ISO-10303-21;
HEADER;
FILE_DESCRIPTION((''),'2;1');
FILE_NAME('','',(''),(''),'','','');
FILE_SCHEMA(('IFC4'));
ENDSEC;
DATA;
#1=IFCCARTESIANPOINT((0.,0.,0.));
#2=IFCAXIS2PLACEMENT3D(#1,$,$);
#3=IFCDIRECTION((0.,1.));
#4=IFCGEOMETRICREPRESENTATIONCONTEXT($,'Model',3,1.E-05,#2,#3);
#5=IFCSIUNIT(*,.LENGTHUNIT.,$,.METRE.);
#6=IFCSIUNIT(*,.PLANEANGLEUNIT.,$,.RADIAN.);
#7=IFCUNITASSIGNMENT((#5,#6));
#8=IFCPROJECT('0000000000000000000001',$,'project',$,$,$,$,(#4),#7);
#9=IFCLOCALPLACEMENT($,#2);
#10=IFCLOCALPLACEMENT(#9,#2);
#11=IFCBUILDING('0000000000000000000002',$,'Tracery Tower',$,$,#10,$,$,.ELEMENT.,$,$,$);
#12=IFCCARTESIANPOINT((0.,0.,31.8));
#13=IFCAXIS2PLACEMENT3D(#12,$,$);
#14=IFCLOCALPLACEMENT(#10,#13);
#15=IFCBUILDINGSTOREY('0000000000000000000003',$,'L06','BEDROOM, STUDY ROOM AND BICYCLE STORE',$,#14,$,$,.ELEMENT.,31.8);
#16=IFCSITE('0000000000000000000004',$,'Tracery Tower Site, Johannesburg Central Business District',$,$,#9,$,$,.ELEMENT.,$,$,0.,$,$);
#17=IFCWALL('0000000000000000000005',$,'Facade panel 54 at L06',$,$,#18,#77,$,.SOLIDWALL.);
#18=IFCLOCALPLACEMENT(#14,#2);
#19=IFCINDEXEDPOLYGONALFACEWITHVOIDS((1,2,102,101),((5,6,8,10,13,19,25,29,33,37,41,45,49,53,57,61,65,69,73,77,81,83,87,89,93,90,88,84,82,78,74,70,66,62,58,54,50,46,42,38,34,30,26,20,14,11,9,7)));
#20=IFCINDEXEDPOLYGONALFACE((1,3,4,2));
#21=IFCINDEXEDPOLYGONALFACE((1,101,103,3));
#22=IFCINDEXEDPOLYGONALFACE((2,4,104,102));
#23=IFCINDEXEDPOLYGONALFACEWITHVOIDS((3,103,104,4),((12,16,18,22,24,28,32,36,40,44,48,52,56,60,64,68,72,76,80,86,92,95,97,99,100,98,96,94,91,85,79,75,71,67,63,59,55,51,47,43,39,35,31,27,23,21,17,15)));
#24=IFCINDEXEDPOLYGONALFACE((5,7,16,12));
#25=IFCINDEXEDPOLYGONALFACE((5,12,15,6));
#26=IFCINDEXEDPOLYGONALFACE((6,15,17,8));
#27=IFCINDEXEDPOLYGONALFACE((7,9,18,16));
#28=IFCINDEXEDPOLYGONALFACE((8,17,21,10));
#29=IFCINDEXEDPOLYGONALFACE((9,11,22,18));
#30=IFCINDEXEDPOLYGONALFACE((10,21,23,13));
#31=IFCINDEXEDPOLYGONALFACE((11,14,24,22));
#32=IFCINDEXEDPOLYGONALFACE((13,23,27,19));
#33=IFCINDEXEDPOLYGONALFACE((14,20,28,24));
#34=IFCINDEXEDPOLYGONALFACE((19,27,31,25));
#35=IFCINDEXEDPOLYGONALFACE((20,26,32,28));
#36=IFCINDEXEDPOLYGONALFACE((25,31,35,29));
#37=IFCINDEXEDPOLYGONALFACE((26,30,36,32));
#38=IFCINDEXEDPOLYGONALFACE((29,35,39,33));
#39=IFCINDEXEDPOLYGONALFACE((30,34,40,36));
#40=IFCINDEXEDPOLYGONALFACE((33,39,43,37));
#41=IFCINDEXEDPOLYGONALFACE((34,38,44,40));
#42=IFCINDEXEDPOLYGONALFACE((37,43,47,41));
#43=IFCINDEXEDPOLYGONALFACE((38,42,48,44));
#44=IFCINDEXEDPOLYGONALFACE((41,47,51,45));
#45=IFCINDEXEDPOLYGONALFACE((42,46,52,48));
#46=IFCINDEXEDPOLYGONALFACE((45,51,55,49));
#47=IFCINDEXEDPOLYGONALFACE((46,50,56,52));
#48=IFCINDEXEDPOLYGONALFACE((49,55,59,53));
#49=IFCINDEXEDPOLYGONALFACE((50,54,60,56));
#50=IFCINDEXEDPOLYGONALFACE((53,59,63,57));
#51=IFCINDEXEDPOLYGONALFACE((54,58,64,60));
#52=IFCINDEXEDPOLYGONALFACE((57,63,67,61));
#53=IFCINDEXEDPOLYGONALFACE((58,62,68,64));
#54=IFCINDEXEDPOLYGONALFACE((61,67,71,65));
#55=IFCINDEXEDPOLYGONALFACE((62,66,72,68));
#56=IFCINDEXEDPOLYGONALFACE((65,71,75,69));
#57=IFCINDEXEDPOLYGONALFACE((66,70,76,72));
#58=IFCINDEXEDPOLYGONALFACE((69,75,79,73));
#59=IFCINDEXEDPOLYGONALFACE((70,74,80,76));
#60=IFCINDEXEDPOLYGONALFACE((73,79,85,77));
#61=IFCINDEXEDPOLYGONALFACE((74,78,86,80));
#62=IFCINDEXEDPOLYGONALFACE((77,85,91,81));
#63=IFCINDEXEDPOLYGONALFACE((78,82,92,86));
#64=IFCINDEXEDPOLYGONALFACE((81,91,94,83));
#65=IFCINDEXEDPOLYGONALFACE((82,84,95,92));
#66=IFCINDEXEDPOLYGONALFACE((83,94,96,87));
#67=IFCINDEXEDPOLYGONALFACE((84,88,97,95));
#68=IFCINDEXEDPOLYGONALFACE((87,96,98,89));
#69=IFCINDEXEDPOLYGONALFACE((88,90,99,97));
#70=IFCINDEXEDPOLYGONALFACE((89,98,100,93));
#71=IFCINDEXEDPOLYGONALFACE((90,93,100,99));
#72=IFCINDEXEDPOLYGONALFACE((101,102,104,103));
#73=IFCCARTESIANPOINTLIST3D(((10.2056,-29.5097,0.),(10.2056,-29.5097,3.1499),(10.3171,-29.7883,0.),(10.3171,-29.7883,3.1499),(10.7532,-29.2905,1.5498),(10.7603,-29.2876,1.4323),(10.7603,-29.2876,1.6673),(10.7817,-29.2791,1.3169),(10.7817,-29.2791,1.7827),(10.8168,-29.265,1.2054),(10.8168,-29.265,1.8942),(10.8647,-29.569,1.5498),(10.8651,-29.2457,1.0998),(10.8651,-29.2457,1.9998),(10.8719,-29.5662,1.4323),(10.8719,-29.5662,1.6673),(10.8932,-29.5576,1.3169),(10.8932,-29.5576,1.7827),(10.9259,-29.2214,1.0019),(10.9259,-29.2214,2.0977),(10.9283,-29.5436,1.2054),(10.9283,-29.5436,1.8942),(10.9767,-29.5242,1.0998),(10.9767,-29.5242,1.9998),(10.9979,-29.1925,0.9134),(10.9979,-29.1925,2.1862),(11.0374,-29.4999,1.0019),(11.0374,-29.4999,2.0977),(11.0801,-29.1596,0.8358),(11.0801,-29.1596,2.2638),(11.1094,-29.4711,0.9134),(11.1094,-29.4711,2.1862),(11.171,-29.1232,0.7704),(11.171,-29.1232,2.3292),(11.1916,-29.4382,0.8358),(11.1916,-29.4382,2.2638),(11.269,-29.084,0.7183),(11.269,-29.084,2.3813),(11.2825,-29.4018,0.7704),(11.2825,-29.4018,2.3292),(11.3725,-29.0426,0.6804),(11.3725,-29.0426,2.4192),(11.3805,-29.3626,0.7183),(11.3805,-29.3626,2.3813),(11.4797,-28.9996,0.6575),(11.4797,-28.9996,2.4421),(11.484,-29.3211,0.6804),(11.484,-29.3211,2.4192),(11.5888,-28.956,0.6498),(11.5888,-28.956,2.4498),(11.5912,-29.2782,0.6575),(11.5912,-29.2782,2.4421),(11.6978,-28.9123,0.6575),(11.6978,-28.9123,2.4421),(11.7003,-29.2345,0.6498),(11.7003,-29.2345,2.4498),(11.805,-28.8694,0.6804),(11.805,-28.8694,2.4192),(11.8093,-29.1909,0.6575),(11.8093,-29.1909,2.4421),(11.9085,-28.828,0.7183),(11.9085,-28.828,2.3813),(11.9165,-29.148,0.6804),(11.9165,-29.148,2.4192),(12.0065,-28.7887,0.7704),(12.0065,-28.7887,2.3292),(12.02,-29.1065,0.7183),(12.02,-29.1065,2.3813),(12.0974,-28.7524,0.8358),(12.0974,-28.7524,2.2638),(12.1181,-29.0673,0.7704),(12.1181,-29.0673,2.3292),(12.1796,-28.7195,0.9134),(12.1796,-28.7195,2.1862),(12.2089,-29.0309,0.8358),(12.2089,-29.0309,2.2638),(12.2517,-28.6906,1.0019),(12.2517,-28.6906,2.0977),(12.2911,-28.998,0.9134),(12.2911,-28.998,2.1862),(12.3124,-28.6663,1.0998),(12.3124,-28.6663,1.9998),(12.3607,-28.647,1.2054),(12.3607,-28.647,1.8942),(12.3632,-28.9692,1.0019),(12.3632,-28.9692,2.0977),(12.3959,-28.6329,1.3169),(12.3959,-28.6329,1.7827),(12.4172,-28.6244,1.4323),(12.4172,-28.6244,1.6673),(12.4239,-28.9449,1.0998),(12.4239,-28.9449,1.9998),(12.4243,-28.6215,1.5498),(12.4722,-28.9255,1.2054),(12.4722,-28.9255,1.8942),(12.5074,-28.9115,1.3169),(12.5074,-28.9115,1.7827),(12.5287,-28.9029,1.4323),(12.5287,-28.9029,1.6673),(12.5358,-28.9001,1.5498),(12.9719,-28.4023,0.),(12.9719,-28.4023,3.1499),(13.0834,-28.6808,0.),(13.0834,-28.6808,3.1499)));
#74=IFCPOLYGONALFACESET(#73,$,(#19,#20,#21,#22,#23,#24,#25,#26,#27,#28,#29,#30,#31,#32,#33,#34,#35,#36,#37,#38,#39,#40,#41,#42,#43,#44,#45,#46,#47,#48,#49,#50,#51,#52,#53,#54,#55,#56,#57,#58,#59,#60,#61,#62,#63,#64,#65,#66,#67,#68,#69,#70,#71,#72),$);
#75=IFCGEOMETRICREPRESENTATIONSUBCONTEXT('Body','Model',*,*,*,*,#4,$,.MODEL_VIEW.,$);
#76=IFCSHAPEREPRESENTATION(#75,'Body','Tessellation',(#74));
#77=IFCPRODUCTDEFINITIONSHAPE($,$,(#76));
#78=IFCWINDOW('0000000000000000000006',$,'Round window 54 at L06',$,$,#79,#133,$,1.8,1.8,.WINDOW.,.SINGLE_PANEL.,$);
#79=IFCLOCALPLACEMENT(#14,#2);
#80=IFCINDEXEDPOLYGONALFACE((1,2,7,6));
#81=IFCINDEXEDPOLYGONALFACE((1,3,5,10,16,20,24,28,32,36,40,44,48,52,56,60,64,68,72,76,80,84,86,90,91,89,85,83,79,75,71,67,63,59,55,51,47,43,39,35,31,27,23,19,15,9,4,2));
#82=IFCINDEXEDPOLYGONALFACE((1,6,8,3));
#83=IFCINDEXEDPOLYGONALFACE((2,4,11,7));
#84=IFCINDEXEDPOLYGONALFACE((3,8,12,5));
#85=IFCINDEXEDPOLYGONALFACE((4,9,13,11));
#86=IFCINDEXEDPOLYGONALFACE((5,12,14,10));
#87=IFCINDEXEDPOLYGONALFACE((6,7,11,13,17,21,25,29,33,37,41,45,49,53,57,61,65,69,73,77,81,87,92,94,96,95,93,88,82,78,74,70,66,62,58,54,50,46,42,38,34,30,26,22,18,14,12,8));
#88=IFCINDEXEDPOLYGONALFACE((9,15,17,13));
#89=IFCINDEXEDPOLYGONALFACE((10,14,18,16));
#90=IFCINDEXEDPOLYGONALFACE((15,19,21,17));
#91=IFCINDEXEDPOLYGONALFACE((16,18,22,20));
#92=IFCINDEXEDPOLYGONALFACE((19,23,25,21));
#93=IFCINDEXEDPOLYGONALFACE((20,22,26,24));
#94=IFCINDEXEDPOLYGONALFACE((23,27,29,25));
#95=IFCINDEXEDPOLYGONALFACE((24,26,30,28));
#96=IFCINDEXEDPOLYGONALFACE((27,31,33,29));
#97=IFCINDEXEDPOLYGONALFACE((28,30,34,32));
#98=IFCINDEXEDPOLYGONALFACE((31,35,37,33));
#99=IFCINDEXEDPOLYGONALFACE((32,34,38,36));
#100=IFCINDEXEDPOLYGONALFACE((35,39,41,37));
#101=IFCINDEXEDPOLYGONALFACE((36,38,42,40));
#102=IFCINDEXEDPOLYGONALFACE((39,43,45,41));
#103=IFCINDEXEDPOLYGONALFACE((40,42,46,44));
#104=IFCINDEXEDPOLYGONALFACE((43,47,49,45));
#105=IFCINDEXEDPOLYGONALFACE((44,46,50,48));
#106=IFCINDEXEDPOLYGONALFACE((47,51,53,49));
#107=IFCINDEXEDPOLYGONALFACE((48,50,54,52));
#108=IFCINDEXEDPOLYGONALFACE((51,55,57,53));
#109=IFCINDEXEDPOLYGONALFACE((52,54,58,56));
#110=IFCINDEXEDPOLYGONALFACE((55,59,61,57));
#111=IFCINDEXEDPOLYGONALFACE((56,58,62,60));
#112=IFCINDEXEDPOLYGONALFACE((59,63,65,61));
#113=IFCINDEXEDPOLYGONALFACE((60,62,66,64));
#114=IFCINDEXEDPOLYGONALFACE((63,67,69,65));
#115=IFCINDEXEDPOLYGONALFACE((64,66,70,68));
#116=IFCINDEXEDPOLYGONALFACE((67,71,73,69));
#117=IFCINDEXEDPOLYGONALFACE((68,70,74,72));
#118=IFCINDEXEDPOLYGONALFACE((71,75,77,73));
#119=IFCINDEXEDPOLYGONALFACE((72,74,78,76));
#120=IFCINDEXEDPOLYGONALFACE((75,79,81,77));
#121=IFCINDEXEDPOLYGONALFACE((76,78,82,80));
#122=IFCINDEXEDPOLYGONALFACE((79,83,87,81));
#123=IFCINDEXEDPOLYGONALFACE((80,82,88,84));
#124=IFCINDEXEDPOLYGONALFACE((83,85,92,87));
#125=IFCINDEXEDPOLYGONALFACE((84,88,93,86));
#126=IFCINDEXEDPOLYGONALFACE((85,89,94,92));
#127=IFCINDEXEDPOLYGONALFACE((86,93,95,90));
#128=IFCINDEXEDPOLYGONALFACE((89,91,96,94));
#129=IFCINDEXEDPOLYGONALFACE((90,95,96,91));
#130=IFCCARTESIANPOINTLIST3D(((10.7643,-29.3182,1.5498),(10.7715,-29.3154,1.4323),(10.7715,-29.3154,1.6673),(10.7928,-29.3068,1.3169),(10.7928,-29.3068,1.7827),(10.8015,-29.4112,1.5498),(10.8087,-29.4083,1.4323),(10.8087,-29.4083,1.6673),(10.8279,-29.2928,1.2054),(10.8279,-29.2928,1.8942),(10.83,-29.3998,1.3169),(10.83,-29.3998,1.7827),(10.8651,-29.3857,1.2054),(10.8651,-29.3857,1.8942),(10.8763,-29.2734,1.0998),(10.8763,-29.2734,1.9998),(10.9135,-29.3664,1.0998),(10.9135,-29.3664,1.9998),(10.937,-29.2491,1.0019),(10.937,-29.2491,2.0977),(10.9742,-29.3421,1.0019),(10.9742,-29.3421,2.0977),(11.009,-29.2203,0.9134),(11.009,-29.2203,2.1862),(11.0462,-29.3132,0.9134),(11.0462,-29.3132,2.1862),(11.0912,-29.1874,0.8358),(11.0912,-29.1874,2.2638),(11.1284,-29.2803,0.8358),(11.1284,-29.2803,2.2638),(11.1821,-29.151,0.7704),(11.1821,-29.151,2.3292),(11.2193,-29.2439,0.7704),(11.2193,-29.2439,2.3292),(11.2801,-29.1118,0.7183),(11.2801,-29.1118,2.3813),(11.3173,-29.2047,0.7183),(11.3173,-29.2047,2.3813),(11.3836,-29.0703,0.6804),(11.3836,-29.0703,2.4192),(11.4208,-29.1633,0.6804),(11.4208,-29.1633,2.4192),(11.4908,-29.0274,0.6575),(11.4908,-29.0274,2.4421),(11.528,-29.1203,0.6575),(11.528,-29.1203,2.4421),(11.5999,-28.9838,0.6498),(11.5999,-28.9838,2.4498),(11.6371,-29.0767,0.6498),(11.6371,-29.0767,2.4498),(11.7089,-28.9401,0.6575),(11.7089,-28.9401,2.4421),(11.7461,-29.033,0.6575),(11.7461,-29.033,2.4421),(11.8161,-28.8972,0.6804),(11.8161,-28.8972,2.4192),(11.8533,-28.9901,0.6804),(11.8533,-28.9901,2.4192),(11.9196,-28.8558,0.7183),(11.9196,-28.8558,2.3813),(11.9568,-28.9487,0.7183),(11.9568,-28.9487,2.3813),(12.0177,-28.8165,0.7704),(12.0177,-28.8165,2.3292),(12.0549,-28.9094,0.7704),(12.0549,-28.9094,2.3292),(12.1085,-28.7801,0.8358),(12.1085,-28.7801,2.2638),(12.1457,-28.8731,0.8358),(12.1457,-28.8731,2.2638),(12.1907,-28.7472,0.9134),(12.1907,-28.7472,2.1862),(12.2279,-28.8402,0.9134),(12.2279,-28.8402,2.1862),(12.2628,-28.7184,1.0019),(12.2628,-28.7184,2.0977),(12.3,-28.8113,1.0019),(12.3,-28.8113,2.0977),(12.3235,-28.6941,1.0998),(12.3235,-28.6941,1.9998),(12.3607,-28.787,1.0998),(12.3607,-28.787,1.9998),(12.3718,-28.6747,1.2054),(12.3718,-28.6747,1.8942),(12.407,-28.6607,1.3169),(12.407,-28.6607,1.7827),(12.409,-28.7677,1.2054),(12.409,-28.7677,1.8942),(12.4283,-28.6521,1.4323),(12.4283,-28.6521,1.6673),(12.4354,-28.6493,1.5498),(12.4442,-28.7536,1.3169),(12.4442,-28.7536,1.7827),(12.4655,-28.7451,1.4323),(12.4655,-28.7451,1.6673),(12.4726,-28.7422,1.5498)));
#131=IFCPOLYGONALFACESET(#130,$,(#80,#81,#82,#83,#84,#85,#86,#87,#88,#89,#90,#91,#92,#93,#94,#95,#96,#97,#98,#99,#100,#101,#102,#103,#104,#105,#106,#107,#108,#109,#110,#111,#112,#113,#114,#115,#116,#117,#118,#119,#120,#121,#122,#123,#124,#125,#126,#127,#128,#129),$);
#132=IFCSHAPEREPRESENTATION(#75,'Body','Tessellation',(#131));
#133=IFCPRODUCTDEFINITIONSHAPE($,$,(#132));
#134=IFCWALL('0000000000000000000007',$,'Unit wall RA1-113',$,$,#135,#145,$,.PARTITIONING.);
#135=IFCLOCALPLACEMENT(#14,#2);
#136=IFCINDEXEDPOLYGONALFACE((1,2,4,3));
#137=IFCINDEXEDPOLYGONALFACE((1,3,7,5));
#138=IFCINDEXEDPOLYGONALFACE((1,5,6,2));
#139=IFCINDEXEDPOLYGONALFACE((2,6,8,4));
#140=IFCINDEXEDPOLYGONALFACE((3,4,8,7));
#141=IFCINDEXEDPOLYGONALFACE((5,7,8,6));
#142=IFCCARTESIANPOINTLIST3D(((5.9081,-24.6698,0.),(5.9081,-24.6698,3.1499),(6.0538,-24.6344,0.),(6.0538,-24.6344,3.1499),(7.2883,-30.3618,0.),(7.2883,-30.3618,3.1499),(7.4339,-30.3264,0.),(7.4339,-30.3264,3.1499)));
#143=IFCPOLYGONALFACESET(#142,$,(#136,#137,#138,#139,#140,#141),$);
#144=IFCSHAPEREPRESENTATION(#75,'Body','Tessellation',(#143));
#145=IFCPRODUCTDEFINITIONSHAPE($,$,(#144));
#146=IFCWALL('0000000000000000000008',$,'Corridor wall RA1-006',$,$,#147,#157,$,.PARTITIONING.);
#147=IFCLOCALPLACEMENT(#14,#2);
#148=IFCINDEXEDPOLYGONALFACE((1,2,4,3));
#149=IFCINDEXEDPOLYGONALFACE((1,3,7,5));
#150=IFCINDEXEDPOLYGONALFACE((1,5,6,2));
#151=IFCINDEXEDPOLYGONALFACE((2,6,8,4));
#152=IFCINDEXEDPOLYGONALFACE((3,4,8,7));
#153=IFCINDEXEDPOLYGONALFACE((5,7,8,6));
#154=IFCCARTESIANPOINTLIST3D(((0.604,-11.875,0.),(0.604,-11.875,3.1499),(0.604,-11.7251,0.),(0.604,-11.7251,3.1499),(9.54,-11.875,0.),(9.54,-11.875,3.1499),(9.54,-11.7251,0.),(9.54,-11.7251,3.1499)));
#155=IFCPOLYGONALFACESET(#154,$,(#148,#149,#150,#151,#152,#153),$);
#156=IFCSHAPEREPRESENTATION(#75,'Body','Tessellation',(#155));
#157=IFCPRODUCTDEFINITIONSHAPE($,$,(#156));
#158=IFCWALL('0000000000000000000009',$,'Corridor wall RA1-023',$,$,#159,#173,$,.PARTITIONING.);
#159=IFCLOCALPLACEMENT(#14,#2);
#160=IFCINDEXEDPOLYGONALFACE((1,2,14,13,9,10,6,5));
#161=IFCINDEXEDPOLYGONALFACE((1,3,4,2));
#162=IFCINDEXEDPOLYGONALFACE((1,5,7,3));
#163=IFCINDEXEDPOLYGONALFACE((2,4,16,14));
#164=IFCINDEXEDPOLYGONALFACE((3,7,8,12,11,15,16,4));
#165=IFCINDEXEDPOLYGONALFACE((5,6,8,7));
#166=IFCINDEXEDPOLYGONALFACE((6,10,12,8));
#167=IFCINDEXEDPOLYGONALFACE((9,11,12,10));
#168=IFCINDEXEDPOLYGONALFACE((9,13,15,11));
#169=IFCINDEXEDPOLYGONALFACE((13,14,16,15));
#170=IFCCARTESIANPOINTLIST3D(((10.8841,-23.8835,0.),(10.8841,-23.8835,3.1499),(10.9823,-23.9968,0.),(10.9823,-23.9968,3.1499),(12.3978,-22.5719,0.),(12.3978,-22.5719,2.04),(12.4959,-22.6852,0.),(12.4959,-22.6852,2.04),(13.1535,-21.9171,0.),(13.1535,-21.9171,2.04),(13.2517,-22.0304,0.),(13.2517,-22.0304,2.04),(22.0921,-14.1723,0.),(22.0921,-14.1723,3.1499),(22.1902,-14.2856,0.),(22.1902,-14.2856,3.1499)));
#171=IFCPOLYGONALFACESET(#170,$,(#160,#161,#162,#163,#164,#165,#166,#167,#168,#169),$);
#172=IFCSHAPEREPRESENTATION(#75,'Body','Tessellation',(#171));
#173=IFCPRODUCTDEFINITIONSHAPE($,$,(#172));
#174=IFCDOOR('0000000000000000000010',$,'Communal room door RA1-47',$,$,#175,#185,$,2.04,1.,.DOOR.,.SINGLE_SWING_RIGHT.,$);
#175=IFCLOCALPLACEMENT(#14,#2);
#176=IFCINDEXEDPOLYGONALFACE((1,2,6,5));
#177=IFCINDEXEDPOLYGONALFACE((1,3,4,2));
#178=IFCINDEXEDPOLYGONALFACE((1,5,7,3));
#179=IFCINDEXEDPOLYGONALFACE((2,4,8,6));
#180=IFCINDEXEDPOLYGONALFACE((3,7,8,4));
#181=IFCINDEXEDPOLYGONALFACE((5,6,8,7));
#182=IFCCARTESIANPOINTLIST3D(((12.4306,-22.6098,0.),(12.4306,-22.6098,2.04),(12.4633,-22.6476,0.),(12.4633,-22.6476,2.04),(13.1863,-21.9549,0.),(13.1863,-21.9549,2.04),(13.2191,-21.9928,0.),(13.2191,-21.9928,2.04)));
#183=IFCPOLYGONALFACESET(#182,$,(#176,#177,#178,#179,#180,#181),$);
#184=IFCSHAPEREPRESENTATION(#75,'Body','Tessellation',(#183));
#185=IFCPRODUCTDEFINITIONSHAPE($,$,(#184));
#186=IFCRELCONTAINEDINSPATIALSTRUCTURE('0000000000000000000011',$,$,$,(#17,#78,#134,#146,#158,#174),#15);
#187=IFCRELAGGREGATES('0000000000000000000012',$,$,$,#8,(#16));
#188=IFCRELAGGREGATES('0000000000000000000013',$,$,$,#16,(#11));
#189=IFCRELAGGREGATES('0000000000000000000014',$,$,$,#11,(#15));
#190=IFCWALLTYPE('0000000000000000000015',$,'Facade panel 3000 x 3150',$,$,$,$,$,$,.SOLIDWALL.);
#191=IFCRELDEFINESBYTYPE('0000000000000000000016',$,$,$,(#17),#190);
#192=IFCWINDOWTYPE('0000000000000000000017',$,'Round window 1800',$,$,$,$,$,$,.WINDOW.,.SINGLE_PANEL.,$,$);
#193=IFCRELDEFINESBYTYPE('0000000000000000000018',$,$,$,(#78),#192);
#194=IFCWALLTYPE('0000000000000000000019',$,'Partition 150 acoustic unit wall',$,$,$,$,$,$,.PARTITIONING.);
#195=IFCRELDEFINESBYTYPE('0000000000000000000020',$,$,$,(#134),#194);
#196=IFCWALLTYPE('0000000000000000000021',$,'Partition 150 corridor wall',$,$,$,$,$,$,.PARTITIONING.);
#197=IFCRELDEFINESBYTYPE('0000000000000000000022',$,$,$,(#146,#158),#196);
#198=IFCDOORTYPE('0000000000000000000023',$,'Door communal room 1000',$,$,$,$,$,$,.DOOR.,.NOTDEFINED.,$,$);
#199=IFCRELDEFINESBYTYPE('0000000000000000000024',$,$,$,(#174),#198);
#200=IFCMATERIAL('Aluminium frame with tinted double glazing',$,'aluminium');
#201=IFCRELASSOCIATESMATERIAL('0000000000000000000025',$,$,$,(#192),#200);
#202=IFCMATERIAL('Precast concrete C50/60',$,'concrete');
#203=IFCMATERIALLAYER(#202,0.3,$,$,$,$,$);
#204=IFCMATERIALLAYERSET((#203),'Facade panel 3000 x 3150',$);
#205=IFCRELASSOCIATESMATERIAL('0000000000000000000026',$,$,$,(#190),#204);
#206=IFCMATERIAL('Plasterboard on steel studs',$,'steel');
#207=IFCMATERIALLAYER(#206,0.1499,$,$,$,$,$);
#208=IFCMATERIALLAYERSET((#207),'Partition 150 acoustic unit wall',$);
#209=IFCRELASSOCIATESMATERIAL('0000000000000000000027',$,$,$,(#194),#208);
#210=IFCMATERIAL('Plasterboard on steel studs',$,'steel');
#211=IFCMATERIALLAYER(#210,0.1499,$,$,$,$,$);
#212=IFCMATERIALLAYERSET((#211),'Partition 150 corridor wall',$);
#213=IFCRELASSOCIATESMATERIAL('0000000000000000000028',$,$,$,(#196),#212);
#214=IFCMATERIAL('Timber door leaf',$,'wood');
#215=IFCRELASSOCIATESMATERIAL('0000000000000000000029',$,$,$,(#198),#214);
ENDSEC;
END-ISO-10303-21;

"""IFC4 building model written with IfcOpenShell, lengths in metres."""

from ifc_helpers import new_model, si_unit, direction, frame, frame_2d, origin, origin_2d, place, context, subcontext, project, spatial, rectangle, circle, extrude, material, layer, layer_set, type_object, element, fill, save


model = new_model("IFC4")

# Units and contexts
model_context = context("Model", 3, precision=1e-05, world=origin(), true_north=direction((0.0, 1.0)))
body_context = subcontext(model_context, "Body", "Model", "MODEL_VIEW")
ifc_project = project(units=[si_unit("LENGTHUNIT", "METRE"), si_unit("PLANEANGLEUNIT", "RADIAN")], contexts=[model_context])

# Site, building, storey
site_placement = place(None, origin())
site = spatial("IfcSite", under=ifc_project, at=site_placement, Name="Tracery Tower Site, Johannesburg Central Business District", CompositionType="ELEMENT", RefElevation=0.0)
building_placement = place(site_placement, origin())
building = spatial("IfcBuilding", under=site, at=building_placement, Name="Tracery Tower", CompositionType="ELEMENT")
storey_placement = place(building_placement, frame((0.0, 0.0, 31.8)))
storey = spatial("IfcBuildingStorey", under=building, at=storey_placement, Name="L06", Description="BEDROOM, STUDY ROOM AND BICYCLE STORE", CompositionType="ELEMENT", Elevation=31.8)

# Wall, opening, window
ifc_material_1 = material(Name="Aluminium frame with tinted double glazing", Category="aluminium")
window_type = type_object("IfcWindowType", Name="Round window 1800", PartitioningType="SINGLE_PANEL", PredefinedType="WINDOW", material=ifc_material_1)
ifc_material_2 = material(Name="Precast concrete C50/60", Category="concrete")
ifc_layer_1 = layer(ifc_material_2, 0.3)
ifc_layer_set_1 = layer_set([ifc_layer_1], Name="Facade panel 3000 x 3150")
wall_type_1 = type_object("IfcWallType", Name="Facade panel 3000 x 3150", PredefinedType="SOLIDWALL", material=ifc_layer_set_1)
wall_1_placement = place(storey_placement, frame((10.2615, -29.6489, 0.0), z_axis=(0.0, 0.0, 1.0), x_axis=(0.928375, 0.371645, 0.0)))
wall_1 = element("IfcWall", 1, at=wall_1_placement, inside=storey, type_object=wall_type_1, Name="Facade panel 54 at L06", PredefinedType="SOLIDWALL", context=body_context, shape_type="SweptSolid", body=[
    extrude(rectangle(XDim=2.9797, YDim=0.3, at=frame_2d((1.4897, 0.0))), origin(), (0.0, 0.0, 1.0), 3.1499),
])
opening_1_placement = place(wall_1_placement, frame((1.4897, 0.0, 1.5498)))
opening_1 = element("IfcOpeningElement", 2, at=opening_1_placement, cuts=wall_1, PredefinedType="OPENING", context=body_context, shape_type="SweptSolid", body=[
    extrude(circle(Radius=0.9, at=origin_2d()), frame((0.0, 0.1599, 0.0), z_axis=(0.0, -1.0, 0.0), x_axis=(1.0, 0.0, 0.0)), (0.0, 0.0, 1.0), 0.3201),
])
window_1_placement = place(opening_1_placement, origin())
window_1 = element("IfcWindow", 3, at=window_1_placement, inside=storey, type_object=window_type, Name="Round window 54 at L06", OverallHeight=1.8, OverallWidth=1.8, PartitioningType="SINGLE_PANEL", PredefinedType="WINDOW", context=body_context, shape_type="SweptSolid", body=[
    extrude(circle(Radius=0.9, at=origin_2d()), frame((0.0, 0.1201, 0.0), z_axis=(0.0, -1.0, 0.0), x_axis=(1.0, 0.0, 0.0)), (0.0, 0.0, 1.0), 0.1001),
])
fill(opening_1, window_1)

# Walls
ifc_material_3 = material(Name="Plasterboard on steel studs", Category="steel")
ifc_layer_2 = layer(ifc_material_3, 0.1499)
ifc_layer_set_2 = layer_set([ifc_layer_2], Name="Partition 150 acoustic unit wall")
wall_type_2 = type_object("IfcWallType", Name="Partition 150 acoustic unit wall", PredefinedType="PARTITIONING", material=ifc_layer_set_2)
wall_2_placement = place(storey_placement, frame((5.981, -24.6521, 0.0), z_axis=(0.0, 0.0, 1.0), x_axis=(0.235644, -0.971839, 0.0)))
element("IfcWall", 4, at=wall_2_placement, inside=storey, type_object=wall_type_2, Name="Unit wall RA1-113", PredefinedType="PARTITIONING", context=body_context, shape_type="SweptSolid", body=[
    extrude(rectangle(XDim=5.8569, YDim=0.1499, at=frame_2d((2.9285, 0.0))), origin(), (0.0, 0.0, 1.0), 3.1499),
])
ifc_material_4 = material(Name="Plasterboard on steel studs", Category="steel")
ifc_layer_3 = layer(ifc_material_4, 0.1499)
ifc_layer_set_3 = layer_set([ifc_layer_3], Name="Partition 150 corridor wall")
wall_type_3 = type_object("IfcWallType", Name="Partition 150 corridor wall", PredefinedType="PARTITIONING", material=ifc_layer_set_3)
wall_3_placement = place(storey_placement, frame((0.604, -11.8, 0.0), z_axis=(0.0, 0.0, 1.0), x_axis=(1.0, 0.0, 0.0)))
element("IfcWall", 5, at=wall_3_placement, inside=storey, type_object=wall_type_3, Name="Corridor wall RA1-006", PredefinedType="PARTITIONING", context=body_context, shape_type="SweptSolid", body=[
    extrude(rectangle(XDim=8.936, YDim=0.1499, at=frame_2d((4.468, 0.0))), origin(), (0.0, 0.0, 1.0), 3.1499),
])

# Wall, opening, door
wall_4_placement = place(storey_placement, frame((10.9331, -23.9402, 0.0), z_axis=(0.0, 0.0, 1.0), x_axis=(0.75577, 0.654837, 0.0)))
wall_4 = element("IfcWall", 6, at=wall_4_placement, inside=storey, type_object=wall_type_3, Name="Corridor wall RA1-023", PredefinedType="PARTITIONING", context=body_context, shape_type="SweptSolid", body=[
    extrude(rectangle(XDim=14.8298, YDim=0.1499, at=frame_2d((7.415, 0.0))), origin(), (0.0, 0.0, 1.0), 3.1499),
])
opening_2_placement = place(wall_4_placement, frame((2.0029, 0.0, 0.0)))
opening_2 = element("IfcOpeningElement", 7, at=opening_2_placement, cuts=wall_4, PredefinedType="OPENING", context=body_context, shape_type="SweptSolid", body=[
    extrude(rectangle(XDim=1.0, YDim=2.04, at=frame_2d((0.5, 1.02))), frame((0.0, 0.075, 0.0), z_axis=(0.0, -1.0, 0.0), x_axis=(1.0, 0.0, 0.0)), (0.0, 0.0, 1.0), 0.1499),
])
ifc_material_5 = material(Name="Timber door leaf", Category="wood")
door_type_1 = type_object("IfcDoorType", Name="Door communal room 1000", OperationType="NOTDEFINED", PredefinedType="DOOR", material=ifc_material_5)
door_1_placement = place(opening_2_placement, origin())
door_1 = element("IfcDoor", 8, at=door_1_placement, inside=storey, type_object=door_type_1, Name="Communal room door RA1-47", OperationType="SINGLE_SWING_RIGHT", OverallHeight=2.04, OverallWidth=1.0, PredefinedType="DOOR", context=body_context, shape_type="SweptSolid", body=[
    extrude(rectangle(XDim=1.0, YDim=2.04, at=frame_2d((0.5, 1.02))), frame((0.0, 0.0249, 0.0), z_axis=(0.0, -1.0, 0.0), x_axis=(1.0, 0.0, 0.0)), (0.0, 0.0, 1.0), 0.05),
])
fill(opening_2, door_1)

save(model, "model.ifc")
